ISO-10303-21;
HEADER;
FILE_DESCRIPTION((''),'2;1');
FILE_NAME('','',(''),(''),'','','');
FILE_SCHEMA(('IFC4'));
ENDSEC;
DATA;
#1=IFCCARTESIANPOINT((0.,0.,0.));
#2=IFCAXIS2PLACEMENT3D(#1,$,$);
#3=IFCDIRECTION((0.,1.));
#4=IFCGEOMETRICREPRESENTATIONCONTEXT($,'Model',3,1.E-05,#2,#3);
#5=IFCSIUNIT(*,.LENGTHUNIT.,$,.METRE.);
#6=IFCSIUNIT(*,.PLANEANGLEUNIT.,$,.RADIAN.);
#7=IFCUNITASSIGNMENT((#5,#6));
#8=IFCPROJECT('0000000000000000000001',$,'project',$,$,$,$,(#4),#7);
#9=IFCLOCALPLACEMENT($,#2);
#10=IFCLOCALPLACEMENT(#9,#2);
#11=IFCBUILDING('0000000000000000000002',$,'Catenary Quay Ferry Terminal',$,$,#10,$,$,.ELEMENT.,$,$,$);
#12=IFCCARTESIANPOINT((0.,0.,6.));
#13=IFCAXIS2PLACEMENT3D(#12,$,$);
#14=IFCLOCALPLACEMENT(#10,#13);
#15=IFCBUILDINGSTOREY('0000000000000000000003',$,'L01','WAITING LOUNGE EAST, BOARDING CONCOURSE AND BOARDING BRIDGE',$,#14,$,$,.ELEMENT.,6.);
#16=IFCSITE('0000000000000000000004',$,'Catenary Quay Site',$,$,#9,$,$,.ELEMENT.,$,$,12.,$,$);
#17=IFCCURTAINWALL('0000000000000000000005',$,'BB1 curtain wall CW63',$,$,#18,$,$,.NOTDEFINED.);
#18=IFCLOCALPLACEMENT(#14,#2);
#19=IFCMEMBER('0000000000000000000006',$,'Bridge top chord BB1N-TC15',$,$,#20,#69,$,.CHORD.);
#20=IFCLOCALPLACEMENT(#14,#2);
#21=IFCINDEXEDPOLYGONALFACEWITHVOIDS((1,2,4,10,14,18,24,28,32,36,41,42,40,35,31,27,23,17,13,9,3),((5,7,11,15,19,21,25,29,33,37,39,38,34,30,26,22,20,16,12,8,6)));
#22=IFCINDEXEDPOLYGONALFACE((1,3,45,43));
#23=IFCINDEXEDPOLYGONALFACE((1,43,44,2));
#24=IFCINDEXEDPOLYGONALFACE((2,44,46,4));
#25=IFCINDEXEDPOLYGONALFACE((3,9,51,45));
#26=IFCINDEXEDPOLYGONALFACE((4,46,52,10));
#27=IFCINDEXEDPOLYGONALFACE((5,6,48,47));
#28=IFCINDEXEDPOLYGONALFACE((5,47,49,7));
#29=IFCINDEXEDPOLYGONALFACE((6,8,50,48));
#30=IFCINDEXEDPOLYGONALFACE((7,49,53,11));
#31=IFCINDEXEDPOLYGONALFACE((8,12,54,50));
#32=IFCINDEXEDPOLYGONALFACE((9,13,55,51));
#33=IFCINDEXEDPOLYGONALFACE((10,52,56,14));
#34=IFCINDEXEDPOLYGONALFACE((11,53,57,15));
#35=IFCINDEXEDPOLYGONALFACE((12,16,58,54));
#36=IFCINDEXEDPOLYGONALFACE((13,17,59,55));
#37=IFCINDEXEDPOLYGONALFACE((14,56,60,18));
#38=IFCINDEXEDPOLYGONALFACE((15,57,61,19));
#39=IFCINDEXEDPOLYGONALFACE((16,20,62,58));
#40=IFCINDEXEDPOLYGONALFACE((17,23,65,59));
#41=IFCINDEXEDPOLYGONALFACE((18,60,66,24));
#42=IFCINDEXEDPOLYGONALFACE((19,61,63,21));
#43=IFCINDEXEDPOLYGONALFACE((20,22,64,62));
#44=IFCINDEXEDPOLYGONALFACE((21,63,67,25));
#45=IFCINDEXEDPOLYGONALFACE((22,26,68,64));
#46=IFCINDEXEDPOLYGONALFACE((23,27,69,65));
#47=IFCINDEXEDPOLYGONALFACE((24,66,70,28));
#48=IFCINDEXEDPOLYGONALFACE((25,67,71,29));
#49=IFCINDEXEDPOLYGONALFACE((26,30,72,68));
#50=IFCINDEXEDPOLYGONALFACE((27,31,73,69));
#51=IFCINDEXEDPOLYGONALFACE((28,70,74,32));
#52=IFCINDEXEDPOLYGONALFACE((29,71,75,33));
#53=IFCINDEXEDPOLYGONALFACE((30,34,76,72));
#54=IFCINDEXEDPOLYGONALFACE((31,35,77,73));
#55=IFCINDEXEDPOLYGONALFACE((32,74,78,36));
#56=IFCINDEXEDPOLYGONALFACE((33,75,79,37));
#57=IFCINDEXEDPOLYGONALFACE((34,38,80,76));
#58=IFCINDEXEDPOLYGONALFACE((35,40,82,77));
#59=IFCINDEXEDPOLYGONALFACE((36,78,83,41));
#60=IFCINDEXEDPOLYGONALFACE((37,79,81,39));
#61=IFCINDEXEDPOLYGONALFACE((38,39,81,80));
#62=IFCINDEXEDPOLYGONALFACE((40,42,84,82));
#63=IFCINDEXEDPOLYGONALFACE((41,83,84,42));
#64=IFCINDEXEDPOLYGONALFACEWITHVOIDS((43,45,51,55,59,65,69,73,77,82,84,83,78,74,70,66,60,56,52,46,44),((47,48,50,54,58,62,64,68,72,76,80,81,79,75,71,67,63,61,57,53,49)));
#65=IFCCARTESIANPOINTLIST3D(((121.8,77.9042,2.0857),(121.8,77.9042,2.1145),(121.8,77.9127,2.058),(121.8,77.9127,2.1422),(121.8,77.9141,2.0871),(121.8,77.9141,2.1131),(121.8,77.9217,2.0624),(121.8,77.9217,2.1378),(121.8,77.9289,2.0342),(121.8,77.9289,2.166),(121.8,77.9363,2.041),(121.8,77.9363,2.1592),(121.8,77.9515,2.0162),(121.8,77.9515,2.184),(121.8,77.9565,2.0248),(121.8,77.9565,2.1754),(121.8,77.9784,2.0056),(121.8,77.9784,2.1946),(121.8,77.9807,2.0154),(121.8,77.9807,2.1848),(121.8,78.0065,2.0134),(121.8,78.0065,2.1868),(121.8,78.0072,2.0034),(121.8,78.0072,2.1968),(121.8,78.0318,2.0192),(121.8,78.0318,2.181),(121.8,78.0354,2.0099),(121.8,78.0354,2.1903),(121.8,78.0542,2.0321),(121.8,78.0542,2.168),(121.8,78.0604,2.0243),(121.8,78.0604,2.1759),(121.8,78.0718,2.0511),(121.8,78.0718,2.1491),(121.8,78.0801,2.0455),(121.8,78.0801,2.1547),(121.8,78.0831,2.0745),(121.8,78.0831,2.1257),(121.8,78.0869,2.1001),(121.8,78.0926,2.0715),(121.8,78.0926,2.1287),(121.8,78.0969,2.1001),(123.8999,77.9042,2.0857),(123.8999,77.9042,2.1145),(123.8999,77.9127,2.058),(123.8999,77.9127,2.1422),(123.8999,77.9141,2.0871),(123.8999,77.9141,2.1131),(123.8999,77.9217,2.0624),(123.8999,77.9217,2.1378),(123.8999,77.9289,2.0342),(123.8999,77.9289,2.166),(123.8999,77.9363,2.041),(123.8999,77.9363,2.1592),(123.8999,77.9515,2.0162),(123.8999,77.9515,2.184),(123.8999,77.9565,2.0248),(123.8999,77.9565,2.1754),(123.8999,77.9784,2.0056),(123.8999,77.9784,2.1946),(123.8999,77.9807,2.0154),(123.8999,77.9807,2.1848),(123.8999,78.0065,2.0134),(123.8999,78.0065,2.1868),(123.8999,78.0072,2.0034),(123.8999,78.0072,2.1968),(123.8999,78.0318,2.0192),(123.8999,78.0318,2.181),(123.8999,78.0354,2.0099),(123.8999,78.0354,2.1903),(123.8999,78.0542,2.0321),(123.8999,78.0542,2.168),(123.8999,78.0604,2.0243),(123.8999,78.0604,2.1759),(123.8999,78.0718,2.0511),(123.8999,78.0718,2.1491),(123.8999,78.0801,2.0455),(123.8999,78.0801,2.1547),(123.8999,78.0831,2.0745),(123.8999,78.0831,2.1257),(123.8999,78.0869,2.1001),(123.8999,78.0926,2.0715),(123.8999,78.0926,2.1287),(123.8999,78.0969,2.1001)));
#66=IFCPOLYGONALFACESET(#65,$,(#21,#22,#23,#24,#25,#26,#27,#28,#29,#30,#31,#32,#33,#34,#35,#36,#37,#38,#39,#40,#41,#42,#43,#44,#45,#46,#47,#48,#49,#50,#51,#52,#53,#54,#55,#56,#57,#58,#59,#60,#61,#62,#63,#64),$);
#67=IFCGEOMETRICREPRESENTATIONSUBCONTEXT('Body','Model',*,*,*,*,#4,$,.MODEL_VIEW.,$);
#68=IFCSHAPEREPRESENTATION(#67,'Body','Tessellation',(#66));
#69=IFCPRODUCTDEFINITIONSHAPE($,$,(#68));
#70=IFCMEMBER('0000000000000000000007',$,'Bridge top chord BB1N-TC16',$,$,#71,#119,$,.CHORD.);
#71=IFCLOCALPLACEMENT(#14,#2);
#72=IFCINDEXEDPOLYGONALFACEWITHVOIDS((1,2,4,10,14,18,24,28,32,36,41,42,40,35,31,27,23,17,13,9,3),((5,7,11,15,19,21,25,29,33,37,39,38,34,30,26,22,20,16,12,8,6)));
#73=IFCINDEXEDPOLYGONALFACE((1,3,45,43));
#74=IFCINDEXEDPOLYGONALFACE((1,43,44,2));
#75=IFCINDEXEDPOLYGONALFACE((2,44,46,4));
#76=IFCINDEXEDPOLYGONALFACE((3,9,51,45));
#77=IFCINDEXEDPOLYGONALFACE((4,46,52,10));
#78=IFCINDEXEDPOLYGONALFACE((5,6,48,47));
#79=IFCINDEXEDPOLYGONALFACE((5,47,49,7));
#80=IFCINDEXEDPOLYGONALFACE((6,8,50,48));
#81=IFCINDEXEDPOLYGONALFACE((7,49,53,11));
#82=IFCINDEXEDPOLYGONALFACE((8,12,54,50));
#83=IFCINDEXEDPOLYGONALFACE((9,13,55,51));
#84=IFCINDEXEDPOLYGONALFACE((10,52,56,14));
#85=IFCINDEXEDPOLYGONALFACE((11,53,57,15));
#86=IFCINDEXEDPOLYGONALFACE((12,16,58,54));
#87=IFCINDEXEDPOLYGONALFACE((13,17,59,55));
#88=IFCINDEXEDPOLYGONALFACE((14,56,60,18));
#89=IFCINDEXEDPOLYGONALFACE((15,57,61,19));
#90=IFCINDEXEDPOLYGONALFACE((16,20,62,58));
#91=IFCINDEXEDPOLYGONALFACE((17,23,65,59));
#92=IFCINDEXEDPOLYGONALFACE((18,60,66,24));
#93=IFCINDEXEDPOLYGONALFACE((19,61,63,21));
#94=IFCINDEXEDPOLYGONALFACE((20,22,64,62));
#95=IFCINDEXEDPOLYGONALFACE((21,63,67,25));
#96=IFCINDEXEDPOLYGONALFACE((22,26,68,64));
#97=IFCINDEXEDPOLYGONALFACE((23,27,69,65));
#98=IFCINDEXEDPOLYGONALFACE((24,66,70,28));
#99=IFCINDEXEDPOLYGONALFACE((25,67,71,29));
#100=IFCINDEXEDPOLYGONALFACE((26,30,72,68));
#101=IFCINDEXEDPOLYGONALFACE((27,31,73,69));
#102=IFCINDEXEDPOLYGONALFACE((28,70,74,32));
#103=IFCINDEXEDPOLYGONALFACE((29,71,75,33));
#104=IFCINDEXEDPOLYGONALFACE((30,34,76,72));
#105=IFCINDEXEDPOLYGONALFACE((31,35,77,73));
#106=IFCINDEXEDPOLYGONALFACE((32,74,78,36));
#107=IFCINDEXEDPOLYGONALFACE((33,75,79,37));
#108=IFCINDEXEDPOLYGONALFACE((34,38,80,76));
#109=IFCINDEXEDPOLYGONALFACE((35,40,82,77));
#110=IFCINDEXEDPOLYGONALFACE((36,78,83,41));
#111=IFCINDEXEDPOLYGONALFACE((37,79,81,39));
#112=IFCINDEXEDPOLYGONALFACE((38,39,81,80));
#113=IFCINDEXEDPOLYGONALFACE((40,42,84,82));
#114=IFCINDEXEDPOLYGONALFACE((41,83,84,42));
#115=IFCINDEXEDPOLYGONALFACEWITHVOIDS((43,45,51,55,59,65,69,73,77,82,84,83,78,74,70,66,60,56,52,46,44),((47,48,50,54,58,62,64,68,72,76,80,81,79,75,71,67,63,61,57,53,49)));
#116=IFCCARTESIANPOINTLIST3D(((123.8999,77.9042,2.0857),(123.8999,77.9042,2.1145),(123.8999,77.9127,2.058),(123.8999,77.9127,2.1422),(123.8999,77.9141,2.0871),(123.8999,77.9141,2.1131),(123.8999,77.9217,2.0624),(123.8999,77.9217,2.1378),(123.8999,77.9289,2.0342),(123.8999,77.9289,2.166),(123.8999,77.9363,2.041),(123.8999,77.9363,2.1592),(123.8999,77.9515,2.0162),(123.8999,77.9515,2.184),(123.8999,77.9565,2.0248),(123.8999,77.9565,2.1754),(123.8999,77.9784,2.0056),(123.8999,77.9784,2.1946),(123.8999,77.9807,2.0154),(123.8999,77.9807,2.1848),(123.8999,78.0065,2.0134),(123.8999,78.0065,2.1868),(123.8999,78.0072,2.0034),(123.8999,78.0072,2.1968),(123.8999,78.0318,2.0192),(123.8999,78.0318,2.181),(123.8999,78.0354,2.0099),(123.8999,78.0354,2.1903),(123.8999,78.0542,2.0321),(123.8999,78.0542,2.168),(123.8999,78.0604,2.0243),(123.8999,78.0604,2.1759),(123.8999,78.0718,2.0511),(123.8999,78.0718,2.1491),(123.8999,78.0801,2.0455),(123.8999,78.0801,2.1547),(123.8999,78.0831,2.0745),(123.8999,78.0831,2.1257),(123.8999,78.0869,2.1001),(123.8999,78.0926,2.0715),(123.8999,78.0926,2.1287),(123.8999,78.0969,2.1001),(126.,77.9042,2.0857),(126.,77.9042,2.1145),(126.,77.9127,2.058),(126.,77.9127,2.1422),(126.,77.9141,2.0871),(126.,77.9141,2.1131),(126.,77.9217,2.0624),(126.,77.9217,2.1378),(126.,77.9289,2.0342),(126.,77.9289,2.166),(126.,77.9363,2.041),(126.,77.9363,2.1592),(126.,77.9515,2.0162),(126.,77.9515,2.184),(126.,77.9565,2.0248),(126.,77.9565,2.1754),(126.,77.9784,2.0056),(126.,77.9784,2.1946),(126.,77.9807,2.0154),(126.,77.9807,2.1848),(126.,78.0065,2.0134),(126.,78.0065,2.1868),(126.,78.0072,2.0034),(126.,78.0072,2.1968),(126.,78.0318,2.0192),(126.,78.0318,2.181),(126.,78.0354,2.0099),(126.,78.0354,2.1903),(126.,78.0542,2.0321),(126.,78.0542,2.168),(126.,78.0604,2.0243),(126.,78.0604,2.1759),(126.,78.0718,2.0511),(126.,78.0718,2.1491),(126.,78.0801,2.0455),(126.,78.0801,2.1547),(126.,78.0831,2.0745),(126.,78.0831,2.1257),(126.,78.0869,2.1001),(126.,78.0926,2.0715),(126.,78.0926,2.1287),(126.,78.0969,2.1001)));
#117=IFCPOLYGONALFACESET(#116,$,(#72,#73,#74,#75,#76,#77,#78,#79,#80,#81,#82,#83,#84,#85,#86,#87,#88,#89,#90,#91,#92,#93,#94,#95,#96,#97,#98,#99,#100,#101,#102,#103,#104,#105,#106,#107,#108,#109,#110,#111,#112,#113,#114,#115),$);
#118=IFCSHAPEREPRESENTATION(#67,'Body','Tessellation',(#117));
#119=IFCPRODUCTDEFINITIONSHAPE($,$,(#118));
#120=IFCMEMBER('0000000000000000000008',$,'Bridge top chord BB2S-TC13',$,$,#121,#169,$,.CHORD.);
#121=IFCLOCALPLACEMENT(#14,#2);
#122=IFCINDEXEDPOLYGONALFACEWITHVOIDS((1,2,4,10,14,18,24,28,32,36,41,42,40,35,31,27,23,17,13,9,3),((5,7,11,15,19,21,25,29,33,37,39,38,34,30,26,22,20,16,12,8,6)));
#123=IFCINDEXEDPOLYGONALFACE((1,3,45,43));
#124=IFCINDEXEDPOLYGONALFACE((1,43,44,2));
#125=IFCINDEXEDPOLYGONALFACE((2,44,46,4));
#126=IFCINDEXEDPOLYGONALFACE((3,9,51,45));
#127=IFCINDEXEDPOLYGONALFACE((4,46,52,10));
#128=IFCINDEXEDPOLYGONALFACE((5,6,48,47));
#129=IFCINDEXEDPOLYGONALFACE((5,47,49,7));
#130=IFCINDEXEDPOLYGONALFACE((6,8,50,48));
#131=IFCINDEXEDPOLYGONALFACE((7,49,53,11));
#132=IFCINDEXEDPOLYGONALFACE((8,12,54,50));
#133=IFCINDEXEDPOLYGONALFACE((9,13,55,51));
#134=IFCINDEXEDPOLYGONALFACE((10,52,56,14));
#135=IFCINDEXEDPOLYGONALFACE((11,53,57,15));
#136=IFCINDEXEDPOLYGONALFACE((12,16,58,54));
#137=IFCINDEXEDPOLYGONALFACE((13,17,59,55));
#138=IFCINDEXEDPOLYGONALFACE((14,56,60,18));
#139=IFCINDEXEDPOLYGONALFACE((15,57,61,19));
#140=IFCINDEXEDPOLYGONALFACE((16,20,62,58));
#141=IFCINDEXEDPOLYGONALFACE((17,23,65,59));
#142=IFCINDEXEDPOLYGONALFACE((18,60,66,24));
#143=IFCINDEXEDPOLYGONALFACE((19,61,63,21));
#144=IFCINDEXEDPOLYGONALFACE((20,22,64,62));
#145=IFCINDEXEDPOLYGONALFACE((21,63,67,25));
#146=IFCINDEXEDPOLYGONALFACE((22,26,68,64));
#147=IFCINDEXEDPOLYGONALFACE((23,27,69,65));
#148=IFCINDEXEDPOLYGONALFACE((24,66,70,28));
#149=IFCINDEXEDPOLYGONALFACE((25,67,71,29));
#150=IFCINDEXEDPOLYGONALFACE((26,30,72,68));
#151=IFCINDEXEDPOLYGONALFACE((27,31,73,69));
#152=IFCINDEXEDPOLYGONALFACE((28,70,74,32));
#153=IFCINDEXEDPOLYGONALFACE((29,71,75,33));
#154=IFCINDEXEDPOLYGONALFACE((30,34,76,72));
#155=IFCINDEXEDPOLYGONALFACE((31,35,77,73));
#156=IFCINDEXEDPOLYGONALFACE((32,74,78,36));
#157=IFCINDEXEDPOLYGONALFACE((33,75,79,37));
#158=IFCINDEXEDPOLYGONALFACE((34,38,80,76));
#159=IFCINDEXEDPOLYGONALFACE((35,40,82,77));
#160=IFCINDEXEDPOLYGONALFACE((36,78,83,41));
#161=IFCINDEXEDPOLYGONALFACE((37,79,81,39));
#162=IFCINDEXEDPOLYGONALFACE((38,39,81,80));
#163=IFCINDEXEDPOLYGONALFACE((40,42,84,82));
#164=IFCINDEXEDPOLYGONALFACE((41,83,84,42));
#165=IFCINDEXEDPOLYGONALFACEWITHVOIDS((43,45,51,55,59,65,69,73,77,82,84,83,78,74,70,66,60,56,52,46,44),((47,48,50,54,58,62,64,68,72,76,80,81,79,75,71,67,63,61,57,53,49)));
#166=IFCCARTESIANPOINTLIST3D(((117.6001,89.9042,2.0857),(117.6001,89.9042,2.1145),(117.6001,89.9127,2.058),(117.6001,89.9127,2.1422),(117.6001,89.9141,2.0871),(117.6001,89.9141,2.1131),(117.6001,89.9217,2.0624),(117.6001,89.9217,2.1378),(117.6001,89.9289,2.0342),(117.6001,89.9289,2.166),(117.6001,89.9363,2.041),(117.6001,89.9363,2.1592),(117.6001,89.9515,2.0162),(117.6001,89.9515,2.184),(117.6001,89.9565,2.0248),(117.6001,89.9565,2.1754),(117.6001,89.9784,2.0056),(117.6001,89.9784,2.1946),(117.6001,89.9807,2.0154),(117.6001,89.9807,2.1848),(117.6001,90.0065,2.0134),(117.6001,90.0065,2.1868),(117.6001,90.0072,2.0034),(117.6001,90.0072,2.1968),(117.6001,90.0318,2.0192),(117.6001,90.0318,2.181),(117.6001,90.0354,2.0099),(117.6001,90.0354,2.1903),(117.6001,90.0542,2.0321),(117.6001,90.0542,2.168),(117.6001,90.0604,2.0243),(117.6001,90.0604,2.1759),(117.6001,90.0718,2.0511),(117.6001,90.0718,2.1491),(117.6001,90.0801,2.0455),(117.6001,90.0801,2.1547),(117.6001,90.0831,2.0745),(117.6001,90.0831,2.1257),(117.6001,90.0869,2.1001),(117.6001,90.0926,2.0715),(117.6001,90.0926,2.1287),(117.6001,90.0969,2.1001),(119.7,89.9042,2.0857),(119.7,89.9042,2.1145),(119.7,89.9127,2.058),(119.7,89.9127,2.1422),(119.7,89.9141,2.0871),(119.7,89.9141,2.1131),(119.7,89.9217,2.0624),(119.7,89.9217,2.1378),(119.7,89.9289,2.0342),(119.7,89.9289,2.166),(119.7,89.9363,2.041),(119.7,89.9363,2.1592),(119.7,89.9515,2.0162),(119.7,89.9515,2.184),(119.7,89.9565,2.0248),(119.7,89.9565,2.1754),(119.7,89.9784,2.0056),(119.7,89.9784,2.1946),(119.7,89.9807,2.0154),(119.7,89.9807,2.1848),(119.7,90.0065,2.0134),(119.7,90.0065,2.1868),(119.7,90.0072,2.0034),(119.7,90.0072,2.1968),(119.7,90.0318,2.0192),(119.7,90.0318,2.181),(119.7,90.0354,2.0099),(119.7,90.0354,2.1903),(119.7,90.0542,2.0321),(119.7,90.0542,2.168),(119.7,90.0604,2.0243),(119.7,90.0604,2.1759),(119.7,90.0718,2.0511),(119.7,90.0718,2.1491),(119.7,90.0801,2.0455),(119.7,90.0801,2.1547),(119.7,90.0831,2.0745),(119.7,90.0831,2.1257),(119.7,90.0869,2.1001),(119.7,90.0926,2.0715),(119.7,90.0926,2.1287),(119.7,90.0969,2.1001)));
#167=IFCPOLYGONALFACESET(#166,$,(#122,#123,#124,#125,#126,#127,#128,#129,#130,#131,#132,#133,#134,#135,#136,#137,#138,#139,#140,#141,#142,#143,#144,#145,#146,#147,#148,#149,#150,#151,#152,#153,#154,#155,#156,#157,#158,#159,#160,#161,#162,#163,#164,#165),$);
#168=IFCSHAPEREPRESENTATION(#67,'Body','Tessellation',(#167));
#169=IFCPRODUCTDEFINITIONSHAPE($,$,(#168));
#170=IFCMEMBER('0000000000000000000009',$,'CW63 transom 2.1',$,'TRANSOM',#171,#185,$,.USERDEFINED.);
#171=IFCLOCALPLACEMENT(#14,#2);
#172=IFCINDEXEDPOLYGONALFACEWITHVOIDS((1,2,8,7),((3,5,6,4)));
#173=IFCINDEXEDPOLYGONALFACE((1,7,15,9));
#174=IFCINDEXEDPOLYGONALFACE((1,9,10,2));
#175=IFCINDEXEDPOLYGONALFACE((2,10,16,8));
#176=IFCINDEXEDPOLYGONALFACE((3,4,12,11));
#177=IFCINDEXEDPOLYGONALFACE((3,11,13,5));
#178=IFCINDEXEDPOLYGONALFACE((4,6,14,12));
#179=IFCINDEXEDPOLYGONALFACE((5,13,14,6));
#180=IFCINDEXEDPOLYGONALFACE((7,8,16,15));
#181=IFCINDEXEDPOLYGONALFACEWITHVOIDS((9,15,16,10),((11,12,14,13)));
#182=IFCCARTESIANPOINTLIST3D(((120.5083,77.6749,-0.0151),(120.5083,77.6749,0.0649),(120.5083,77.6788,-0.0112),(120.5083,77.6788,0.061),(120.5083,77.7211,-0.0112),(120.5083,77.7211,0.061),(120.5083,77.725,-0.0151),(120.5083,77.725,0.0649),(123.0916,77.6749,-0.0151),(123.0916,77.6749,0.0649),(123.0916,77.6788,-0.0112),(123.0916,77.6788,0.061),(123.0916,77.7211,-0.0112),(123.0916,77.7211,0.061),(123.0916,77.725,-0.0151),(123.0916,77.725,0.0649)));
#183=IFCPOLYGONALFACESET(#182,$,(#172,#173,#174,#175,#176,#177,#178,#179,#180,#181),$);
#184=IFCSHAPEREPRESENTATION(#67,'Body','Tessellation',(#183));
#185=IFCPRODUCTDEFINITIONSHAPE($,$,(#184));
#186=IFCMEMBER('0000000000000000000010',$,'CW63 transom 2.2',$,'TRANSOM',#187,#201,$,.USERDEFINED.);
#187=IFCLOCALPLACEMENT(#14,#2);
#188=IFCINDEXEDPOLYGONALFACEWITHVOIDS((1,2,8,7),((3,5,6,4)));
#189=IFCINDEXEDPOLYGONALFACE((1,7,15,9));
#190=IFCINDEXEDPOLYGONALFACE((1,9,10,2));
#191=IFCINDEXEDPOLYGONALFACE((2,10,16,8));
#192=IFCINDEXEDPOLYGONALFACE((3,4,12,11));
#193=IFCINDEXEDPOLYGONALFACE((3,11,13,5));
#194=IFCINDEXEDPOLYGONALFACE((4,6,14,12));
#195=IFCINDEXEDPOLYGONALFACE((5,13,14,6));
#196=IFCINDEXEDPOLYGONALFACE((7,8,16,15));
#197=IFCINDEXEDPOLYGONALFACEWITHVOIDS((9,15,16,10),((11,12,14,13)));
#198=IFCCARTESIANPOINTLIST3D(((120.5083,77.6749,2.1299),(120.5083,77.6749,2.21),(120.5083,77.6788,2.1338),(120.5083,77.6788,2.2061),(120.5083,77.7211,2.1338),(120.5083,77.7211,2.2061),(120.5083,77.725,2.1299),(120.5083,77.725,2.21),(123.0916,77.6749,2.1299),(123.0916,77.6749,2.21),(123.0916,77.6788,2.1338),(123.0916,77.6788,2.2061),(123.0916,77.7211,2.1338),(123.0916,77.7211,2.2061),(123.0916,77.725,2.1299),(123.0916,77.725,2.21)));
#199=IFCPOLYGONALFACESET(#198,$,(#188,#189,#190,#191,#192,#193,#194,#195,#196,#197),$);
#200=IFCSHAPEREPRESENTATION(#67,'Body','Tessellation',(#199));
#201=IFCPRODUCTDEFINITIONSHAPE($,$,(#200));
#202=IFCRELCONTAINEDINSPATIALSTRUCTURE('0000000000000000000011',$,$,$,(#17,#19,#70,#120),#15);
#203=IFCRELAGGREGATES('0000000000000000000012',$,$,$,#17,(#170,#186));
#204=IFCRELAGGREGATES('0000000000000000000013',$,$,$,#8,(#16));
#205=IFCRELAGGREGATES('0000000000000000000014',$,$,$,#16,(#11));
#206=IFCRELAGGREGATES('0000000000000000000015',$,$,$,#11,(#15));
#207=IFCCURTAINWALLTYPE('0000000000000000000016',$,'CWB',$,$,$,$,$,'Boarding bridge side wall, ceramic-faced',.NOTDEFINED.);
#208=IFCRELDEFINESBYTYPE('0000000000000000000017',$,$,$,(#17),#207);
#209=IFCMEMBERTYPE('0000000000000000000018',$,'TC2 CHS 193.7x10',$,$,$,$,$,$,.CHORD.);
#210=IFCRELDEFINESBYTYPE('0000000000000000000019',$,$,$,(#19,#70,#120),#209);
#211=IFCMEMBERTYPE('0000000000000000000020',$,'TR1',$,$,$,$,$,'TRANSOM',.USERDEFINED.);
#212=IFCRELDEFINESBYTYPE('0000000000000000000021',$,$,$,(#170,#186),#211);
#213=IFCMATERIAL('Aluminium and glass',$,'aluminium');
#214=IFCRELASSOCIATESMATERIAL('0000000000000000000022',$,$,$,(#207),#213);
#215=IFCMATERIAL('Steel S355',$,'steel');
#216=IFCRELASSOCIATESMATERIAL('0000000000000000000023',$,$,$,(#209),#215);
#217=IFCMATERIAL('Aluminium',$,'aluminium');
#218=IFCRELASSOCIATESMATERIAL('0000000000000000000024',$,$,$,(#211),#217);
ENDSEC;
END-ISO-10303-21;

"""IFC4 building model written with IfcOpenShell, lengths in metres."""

from ifc_helpers import new_model, si_unit, direction, frame, origin, origin_2d, place, context, subcontext, project, spatial, hollow_rectangle, hollow_circle, extrude, material, material_profile, profile_set, type_object, element, aggregate, save


model = new_model("IFC4")

# Units and contexts
model_context = context("Model", 3, precision=1e-05, world=origin(), true_north=direction((0.0, 1.0)))
body_context = subcontext(model_context, "Body", "Model", "MODEL_VIEW")
ifc_project = project(units=[si_unit("LENGTHUNIT", "METRE"), si_unit("PLANEANGLEUNIT", "RADIAN")], contexts=[model_context])

# Site, building, storey
site_placement = place(None, origin())
site = spatial("IfcSite", under=ifc_project, at=site_placement, Name="Catenary Quay Site", CompositionType="ELEMENT", RefElevation=12.0)
building_placement = place(site_placement, origin())
building = spatial("IfcBuilding", under=site, at=building_placement, Name="Catenary Quay Ferry Terminal", CompositionType="ELEMENT")
storey_placement = place(building_placement, frame((0.0, 0.0, 6.0)))
storey = spatial("IfcBuildingStorey", under=building, at=storey_placement, Name="L01", Description="WAITING LOUNGE EAST, BOARDING CONCOURSE AND BOARDING BRIDGE", CompositionType="ELEMENT", Elevation=6.0)

# Curtain wall
ifc_material_1 = material(Name="Aluminium and glass", Category="aluminium")
curtain_wall_type = type_object("IfcCurtainWallType", Name="CWB", ElementType="Boarding bridge side wall, ceramic-faced", PredefinedType="NOTDEFINED", material=ifc_material_1)
curtain_wall_placement = place(storey_placement, origin())
curtain_wall = element("IfcCurtainWall", 1, at=curtain_wall_placement, inside=storey, type_object=curtain_wall_type, Name="BB1 curtain wall CW63", PredefinedType="NOTDEFINED")

# Members
ifc_material_2 = material(Name="Steel S355", Category="steel")
ifc_material_profile_1 = material_profile(ifc_material_2, hollow_circle(Radius=0.0969, WallThickness=0.01, at=origin_2d()), Name="CHS 193.7x10")
ifc_profile_set_1 = profile_set([ifc_material_profile_1], Name="Steel S355")
member_type_1 = type_object("IfcMemberType", Name="TC2 CHS 193.7x10", PredefinedType="CHORD", material=ifc_profile_set_1)
member_1_placement = place(storey_placement, frame((121.8, 78.0, 2.1001), z_axis=(1.0, 0.0, 0.0), x_axis=(0.0, 1.0, 0.0)))
element("IfcMember", 2, at=member_1_placement, inside=storey, type_object=member_type_1, Name="Bridge top chord BB1N-TC15", PredefinedType="CHORD", context=body_context, shape_type="SweptSolid", body=[
    extrude(hollow_circle(Radius=0.0969, WallThickness=0.01, at=origin_2d()), origin(), (0.0, 0.0, 1.0), 2.0999),
])
member_2_placement = place(storey_placement, frame((123.8999, 78.0, 2.1001), z_axis=(1.0, 0.0, 0.0), x_axis=(0.0, 1.0, 0.0)))
element("IfcMember", 3, at=member_2_placement, inside=storey, type_object=member_type_1, Name="Bridge top chord BB1N-TC16", PredefinedType="CHORD", context=body_context, shape_type="SweptSolid", body=[
    extrude(hollow_circle(Radius=0.0969, WallThickness=0.01, at=origin_2d()), origin(), (0.0, 0.0, 1.0), 2.1001),
])
member_3_placement = place(storey_placement, frame((117.6001, 90.0, 2.1001), z_axis=(1.0, 0.0, 0.0), x_axis=(0.0, 1.0, 0.0)))
element("IfcMember", 4, at=member_3_placement, inside=storey, type_object=member_type_1, Name="Bridge top chord BB2S-TC13", PredefinedType="CHORD", context=body_context, shape_type="SweptSolid", body=[
    extrude(hollow_circle(Radius=0.0969, WallThickness=0.01, at=origin_2d()), origin(), (0.0, 0.0, 1.0), 2.0999),
])

# Members
ifc_material_3 = material(Name="Aluminium", Category="aluminium")
ifc_material_profile_2 = material_profile(ifc_material_3, hollow_rectangle(XDim=0.05, YDim=0.0801, WallThickness=0.0039, at=origin_2d()), Name="TR1")
ifc_profile_set_2 = profile_set([ifc_material_profile_2], Name="Aluminium")
member_type_2 = type_object("IfcMemberType", Name="TR1", ElementType="TRANSOM", PredefinedType="USERDEFINED", material=ifc_profile_set_2)
member_4_placement = place(storey_placement, frame((120.5083, 77.7, 0.0249), z_axis=(1.0, 0.0, 0.0), x_axis=(0.0, 1.0, 0.0)))
member_4 = element("IfcMember", 5, at=member_4_placement, type_object=member_type_2, Name="CW63 transom 2.1", ObjectType="TRANSOM", PredefinedType="USERDEFINED", context=body_context, shape_type="SweptSolid", body=[
    extrude(hollow_rectangle(XDim=0.05, YDim=0.0801, WallThickness=0.0039, at=origin_2d()), origin(), (0.0, 0.0, 1.0), 2.5833),
])
member_5_placement = place(storey_placement, frame((120.5083, 77.7, 2.1699), z_axis=(1.0, 0.0, 0.0), x_axis=(0.0, 1.0, 0.0)))
member_5 = element("IfcMember", 6, at=member_5_placement, type_object=member_type_2, Name="CW63 transom 2.2", ObjectType="TRANSOM", PredefinedType="USERDEFINED", context=body_context, shape_type="SweptSolid", body=[
    extrude(hollow_rectangle(XDim=0.05, YDim=0.0801, WallThickness=0.0039, at=origin_2d()), origin(), (0.0, 0.0, 1.0), 2.5833),
])

aggregate(curtain_wall, [member_4, member_5])

save(model, "model.ifc")
